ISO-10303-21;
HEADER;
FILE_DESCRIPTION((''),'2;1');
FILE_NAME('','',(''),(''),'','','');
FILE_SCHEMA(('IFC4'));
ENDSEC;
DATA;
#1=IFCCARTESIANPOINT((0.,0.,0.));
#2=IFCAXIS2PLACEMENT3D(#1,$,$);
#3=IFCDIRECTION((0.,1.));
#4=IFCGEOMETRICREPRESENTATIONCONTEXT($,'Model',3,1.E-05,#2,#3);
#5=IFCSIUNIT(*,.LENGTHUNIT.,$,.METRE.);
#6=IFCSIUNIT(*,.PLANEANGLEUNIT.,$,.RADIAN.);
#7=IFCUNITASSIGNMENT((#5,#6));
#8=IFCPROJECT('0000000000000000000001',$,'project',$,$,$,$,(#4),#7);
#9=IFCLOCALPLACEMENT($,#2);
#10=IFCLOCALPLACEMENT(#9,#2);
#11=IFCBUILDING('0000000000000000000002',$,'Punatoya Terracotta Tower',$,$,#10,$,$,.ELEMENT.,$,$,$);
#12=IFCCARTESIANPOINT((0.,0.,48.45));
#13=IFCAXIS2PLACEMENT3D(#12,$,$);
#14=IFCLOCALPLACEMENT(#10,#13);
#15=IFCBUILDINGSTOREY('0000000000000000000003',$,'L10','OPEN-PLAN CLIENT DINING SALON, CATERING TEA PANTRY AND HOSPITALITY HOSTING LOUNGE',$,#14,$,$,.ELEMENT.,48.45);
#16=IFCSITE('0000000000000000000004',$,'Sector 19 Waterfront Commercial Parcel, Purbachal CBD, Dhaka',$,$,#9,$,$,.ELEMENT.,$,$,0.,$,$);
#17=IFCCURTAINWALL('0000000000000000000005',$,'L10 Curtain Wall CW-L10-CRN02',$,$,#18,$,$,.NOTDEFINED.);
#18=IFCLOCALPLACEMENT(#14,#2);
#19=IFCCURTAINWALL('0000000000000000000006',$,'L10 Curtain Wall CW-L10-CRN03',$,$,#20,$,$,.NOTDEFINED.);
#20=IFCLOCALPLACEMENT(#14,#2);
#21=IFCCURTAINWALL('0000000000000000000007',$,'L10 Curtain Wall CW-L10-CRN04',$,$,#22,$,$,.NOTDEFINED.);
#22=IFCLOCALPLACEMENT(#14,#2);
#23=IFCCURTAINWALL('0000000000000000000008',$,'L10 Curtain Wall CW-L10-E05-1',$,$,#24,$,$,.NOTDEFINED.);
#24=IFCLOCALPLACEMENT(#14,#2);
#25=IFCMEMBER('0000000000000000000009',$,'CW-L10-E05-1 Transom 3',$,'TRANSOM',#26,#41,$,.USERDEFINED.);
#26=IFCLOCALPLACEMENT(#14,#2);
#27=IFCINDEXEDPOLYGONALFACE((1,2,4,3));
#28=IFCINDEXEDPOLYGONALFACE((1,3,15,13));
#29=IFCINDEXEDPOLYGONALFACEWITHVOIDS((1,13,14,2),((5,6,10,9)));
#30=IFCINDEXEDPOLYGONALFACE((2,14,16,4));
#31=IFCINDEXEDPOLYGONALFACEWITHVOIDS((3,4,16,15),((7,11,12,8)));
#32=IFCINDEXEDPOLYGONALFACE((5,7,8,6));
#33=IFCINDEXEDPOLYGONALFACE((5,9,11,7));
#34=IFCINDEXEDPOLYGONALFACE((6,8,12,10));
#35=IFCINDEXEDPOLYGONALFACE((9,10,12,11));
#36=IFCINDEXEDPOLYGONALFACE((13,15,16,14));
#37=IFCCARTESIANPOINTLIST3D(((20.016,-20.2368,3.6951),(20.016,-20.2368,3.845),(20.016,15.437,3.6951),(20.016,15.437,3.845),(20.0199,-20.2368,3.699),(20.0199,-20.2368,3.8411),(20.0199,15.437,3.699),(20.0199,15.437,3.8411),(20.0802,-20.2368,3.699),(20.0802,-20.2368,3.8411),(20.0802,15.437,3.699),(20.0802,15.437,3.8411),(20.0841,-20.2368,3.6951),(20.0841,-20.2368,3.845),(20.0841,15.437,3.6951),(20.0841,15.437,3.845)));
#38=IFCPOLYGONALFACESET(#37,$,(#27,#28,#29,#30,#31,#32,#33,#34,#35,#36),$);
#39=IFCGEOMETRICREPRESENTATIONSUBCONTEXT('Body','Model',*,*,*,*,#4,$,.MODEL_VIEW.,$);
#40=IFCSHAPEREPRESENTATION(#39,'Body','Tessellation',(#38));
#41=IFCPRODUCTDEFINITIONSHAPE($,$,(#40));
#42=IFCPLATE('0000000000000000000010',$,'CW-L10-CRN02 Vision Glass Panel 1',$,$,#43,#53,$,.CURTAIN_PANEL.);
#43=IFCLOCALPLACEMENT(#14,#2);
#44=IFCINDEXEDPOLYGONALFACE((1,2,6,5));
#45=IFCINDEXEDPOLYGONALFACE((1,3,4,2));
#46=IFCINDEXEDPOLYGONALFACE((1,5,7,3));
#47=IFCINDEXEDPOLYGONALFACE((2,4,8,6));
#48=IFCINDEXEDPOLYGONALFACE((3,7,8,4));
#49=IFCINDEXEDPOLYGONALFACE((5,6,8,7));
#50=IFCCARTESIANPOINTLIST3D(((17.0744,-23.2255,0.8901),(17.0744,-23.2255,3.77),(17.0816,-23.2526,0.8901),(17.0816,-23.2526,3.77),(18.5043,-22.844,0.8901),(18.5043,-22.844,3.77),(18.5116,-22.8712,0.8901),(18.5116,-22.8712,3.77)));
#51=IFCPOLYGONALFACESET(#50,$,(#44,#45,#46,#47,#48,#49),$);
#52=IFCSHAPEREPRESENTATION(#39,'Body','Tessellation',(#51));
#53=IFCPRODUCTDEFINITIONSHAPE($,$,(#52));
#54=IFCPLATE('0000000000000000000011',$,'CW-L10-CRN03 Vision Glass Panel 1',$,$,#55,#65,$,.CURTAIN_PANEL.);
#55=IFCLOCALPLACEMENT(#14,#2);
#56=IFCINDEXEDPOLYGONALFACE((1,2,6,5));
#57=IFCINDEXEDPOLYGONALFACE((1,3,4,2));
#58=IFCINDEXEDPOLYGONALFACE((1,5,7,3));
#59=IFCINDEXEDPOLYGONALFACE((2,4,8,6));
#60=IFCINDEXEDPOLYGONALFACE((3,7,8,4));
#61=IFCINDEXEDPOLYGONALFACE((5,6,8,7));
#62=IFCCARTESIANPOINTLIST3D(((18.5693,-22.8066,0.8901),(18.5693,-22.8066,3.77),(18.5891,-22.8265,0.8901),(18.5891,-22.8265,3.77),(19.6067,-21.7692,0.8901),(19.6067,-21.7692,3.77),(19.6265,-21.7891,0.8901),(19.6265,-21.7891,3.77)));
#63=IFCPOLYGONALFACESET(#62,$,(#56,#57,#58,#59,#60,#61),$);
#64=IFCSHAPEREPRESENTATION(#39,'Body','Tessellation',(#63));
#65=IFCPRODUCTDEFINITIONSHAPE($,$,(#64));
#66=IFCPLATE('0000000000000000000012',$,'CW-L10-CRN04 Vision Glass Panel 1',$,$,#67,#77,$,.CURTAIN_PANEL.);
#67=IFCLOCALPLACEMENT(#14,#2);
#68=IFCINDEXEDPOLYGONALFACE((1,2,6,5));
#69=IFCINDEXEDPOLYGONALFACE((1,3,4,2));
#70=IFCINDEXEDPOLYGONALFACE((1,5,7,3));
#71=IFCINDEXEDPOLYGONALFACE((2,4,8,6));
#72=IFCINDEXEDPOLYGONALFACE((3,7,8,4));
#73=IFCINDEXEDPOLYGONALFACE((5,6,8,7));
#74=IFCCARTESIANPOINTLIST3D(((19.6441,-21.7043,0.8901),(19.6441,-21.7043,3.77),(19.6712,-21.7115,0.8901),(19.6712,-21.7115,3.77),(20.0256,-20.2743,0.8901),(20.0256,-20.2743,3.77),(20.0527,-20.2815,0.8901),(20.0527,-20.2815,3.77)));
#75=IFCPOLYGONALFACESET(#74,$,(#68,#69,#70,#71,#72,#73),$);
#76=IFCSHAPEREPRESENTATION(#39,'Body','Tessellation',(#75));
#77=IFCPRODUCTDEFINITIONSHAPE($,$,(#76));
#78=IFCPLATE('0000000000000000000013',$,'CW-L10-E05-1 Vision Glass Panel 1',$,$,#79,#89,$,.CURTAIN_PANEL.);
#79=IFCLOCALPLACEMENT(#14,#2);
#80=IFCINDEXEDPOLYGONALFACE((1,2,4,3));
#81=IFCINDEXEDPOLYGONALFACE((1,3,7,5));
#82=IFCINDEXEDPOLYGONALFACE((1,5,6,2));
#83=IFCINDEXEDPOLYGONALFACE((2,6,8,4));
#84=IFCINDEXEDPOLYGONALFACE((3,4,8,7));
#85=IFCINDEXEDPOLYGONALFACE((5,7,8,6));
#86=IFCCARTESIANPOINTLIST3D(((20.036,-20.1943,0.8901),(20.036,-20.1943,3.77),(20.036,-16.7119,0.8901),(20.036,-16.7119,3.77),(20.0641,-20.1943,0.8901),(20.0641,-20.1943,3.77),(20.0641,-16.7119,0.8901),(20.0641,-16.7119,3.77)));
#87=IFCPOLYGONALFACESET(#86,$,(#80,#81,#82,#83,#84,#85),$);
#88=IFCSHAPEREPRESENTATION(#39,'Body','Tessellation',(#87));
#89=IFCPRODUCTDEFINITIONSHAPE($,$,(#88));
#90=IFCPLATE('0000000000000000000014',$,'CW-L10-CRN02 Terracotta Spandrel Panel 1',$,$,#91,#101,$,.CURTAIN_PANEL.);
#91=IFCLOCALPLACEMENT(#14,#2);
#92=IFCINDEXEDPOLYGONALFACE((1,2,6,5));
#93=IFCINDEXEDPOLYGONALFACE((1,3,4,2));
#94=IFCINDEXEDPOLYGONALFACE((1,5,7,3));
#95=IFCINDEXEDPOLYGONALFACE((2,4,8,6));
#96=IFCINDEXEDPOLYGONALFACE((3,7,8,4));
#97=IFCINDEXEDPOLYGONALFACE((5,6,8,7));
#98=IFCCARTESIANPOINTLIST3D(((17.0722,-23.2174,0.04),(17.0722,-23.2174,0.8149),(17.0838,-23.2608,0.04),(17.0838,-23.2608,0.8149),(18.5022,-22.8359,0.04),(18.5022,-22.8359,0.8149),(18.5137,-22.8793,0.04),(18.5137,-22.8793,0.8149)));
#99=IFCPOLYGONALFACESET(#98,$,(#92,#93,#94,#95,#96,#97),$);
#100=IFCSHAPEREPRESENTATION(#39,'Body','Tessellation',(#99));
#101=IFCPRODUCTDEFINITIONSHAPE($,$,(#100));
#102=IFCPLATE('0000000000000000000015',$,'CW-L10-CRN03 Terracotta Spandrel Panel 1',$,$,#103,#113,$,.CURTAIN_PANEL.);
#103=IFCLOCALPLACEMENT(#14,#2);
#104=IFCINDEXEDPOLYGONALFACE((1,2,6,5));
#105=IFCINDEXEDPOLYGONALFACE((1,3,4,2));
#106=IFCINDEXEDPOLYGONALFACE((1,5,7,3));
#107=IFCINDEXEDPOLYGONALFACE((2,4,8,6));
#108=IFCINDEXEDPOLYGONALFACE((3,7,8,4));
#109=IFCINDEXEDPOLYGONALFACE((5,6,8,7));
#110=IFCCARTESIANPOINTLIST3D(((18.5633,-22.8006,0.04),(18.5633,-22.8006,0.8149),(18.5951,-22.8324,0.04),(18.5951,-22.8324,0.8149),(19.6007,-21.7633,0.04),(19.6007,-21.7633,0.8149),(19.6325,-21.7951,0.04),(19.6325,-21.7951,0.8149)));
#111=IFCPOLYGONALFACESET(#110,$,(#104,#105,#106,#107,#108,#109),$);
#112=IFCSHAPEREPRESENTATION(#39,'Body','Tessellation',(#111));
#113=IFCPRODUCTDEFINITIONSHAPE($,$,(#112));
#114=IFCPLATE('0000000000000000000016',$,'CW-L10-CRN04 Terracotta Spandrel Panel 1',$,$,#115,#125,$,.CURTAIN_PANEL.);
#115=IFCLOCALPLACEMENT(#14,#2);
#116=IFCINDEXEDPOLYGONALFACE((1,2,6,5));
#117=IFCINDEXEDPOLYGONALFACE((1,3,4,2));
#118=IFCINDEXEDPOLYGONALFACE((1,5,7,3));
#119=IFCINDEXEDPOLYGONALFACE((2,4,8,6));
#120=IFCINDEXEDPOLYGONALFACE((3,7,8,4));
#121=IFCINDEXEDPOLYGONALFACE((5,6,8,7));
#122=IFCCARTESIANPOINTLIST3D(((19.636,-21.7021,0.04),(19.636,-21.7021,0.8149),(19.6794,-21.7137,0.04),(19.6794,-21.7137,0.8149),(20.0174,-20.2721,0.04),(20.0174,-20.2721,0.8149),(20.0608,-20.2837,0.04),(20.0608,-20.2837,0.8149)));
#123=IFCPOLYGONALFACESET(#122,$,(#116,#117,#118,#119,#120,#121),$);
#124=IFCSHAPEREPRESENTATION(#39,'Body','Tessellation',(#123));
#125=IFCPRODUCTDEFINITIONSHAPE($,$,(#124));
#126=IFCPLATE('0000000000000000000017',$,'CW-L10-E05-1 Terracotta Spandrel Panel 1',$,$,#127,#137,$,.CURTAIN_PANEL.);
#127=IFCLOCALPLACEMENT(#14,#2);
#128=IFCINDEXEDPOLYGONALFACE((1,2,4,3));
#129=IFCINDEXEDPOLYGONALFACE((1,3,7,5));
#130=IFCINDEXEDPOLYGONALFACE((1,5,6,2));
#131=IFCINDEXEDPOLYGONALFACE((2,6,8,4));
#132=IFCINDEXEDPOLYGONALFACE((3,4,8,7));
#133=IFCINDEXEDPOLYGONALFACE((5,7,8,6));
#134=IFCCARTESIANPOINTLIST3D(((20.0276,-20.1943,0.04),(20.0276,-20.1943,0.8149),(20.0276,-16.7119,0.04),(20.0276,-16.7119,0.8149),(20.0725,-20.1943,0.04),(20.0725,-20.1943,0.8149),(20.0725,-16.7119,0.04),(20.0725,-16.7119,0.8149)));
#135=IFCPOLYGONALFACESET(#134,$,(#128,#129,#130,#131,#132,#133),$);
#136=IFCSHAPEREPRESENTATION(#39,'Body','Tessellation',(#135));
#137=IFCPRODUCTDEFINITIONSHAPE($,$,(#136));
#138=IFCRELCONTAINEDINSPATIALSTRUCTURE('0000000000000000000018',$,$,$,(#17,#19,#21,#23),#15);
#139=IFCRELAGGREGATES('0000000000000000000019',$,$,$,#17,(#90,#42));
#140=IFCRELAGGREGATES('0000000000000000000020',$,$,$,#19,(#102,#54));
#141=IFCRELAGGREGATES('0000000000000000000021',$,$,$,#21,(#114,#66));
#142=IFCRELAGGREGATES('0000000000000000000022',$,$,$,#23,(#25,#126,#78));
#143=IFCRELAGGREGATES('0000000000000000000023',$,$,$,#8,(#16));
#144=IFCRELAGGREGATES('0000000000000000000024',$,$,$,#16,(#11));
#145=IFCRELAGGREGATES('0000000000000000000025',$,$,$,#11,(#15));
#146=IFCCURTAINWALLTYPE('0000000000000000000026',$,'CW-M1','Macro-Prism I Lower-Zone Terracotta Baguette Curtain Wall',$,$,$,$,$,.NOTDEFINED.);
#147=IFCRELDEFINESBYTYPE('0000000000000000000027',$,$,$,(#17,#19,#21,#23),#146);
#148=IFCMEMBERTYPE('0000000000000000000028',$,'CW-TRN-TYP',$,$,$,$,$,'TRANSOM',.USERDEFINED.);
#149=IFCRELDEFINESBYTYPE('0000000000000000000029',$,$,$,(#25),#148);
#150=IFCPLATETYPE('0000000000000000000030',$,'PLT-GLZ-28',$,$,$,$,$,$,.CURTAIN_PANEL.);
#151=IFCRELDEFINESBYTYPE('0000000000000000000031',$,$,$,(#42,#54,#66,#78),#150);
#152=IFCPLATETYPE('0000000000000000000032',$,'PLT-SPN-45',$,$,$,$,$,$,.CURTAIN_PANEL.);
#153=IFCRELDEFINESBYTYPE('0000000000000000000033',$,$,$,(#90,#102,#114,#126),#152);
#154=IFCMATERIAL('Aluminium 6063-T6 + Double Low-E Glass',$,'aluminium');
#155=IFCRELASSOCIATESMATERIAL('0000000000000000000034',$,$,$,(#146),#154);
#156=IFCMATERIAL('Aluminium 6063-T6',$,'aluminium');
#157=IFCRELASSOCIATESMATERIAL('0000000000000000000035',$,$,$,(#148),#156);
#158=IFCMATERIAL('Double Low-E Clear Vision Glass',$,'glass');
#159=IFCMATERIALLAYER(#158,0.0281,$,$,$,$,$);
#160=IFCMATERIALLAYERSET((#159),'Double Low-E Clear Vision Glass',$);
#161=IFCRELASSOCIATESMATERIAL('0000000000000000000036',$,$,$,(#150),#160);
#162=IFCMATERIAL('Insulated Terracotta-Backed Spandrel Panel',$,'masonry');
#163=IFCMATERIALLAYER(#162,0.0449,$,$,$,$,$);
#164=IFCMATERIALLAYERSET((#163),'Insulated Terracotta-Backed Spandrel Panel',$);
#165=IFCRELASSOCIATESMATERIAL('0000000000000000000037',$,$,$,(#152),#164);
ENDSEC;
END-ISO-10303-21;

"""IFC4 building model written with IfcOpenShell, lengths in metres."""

from ifc_helpers import new_model, si_unit, direction, frame, origin, origin_2d, place, context, subcontext, project, spatial, rectangle, hollow_rectangle, extrude, material, layer, layer_set, material_profile, profile_set, type_object, element, aggregate, save


model = new_model("IFC4")

# Units and contexts
model_context = context("Model", 3, precision=1e-05, world=origin(), true_north=direction((0.0, 1.0)))
body_context = subcontext(model_context, "Body", "Model", "MODEL_VIEW")
ifc_project = project(units=[si_unit("LENGTHUNIT", "METRE"), si_unit("PLANEANGLEUNIT", "RADIAN")], contexts=[model_context])

# Site, building, storey
site_placement = place(None, origin())
site = spatial("IfcSite", under=ifc_project, at=site_placement, Name="Sector 19 Waterfront Commercial Parcel, Purbachal CBD, Dhaka", CompositionType="ELEMENT", RefElevation=0.0)
building_placement = place(site_placement, origin())
building = spatial("IfcBuilding", under=site, at=building_placement, Name="Punatoya Terracotta Tower", CompositionType="ELEMENT")
storey_placement = place(building_placement, frame((0.0, 0.0, 48.45)))
storey = spatial("IfcBuildingStorey", under=building, at=storey_placement, Name="L10", Description="OPEN-PLAN CLIENT DINING SALON, CATERING TEA PANTRY AND HOSPITALITY HOSTING LOUNGE", CompositionType="ELEMENT", Elevation=48.45)

# Curtain walls
ifc_material_1 = material(Name="Aluminium 6063-T6 + Double Low-E Glass", Category="aluminium")
curtain_wall_type = type_object("IfcCurtainWallType", Name="CW-M1", Description="Macro-Prism I Lower-Zone Terracotta Baguette Curtain Wall", PredefinedType="NOTDEFINED", material=ifc_material_1)
curtain_wall_1_placement = place(storey_placement, origin())
curtain_wall_1 = element("IfcCurtainWall", 1, at=curtain_wall_1_placement, inside=storey, type_object=curtain_wall_type, Name="L10 Curtain Wall CW-L10-CRN02", PredefinedType="NOTDEFINED")
ifc_material_2 = material(Name="Aluminium 6063-T6", Category="aluminium")
curtain_wall_2_placement = place(storey_placement, origin())
curtain_wall_2 = element("IfcCurtainWall", 2, at=curtain_wall_2_placement, inside=storey, type_object=curtain_wall_type, Name="L10 Curtain Wall CW-L10-CRN03", PredefinedType="NOTDEFINED")
curtain_wall_3_placement = place(storey_placement, origin())
curtain_wall_3 = element("IfcCurtainWall", 3, at=curtain_wall_3_placement, inside=storey, type_object=curtain_wall_type, Name="L10 Curtain Wall CW-L10-CRN04", PredefinedType="NOTDEFINED")

# Curtain wall
curtain_wall_4_placement = place(storey_placement, origin())
curtain_wall_4 = element("IfcCurtainWall", 4, at=curtain_wall_4_placement, inside=storey, type_object=curtain_wall_type, Name="L10 Curtain Wall CW-L10-E05-1", PredefinedType="NOTDEFINED")

# Member
ifc_material_profile_1 = material_profile(ifc_material_2, hollow_rectangle(XDim=0.0681, YDim=0.1499, WallThickness=0.0039, at=origin_2d()))
ifc_profile_set_1 = profile_set([ifc_material_profile_1], Name="Aluminium 6063-T6")
member_type_1 = type_object("IfcMemberType", Name="CW-TRN-TYP", ElementType="TRANSOM", PredefinedType="USERDEFINED", material=ifc_profile_set_1)
member_1_placement = place(storey_placement, frame((20.05, -20.2368, 3.77), z_axis=(0.0, 1.0, 0.0), x_axis=(-1.0, 0.0, 0.0)))
member_1 = element("IfcMember", 5, at=member_1_placement, type_object=member_type_1, Name="CW-L10-E05-1 Transom 3", ObjectType="TRANSOM", PredefinedType="USERDEFINED", context=body_context, shape_type="SweptSolid", body=[
    extrude(hollow_rectangle(XDim=0.0681, YDim=0.1499, WallThickness=0.0039, at=origin_2d()), origin(), (0.0, 0.0, 1.0), 35.6738),
])

# Plates
ifc_material_3 = material(Name="Double Low-E Clear Vision Glass", Category="glass")
ifc_layer_1 = layer(ifc_material_3, 0.0281)
ifc_layer_set_1 = layer_set([ifc_layer_1], Name="Double Low-E Clear Vision Glass")
plate_type_1 = type_object("IfcPlateType", Name="PLT-GLZ-28", PredefinedType="CURTAIN_PANEL", material=ifc_layer_set_1)
plate_1_placement = place(storey_placement, frame((17.793, -23.0483, 0.8901), z_axis=(0.0, 0.0, 1.0), x_axis=(0.966214, 0.257742, 0.0)))
plate_1 = element("IfcPlate", 6, at=plate_1_placement, type_object=plate_type_1, Name="CW-L10-CRN02 Vision Glass Panel 1", PredefinedType="CURTAIN_PANEL", context=body_context, shape_type="SweptSolid", body=[
    extrude(rectangle(XDim=1.48, YDim=0.0281, at=origin_2d()), origin(), (0.0, 0.0, 1.0), 2.8799),
])
plate_2_placement = place(storey_placement, frame((19.0979, -22.2979, 0.8901), z_axis=(0.0, 0.0, 1.0), x_axis=(0.707107, 0.707107, 0.0)))
plate_2 = element("IfcPlate", 7, at=plate_2_placement, type_object=plate_type_1, Name="CW-L10-CRN03 Vision Glass Panel 1", PredefinedType="CURTAIN_PANEL", context=body_context, shape_type="SweptSolid", body=[
    extrude(rectangle(XDim=1.467, YDim=0.0281, at=origin_2d()), origin(), (0.0, 0.0, 1.0), 2.8799),
])
plate_3_placement = place(storey_placement, frame((19.8484, -20.9929, 0.8901), z_axis=(0.0, 0.0, 1.0), x_axis=(0.257742, 0.966214, 0.0)))
plate_3 = element("IfcPlate", 8, at=plate_3_placement, type_object=plate_type_1, Name="CW-L10-CRN04 Vision Glass Panel 1", PredefinedType="CURTAIN_PANEL", context=body_context, shape_type="SweptSolid", body=[
    extrude(rectangle(XDim=1.48, YDim=0.0281, at=origin_2d()), origin(), (0.0, 0.0, 1.0), 2.8799),
])
plate_4_placement = place(storey_placement, frame((20.05, -18.4531, 0.8901), z_axis=(0.0, 0.0, 1.0), x_axis=(0.0, 1.0, 0.0)))
plate_4 = element("IfcPlate", 9, at=plate_4_placement, type_object=plate_type_1, Name="CW-L10-E05-1 Vision Glass Panel 1", PredefinedType="CURTAIN_PANEL", context=body_context, shape_type="SweptSolid", body=[
    extrude(rectangle(XDim=3.4824, YDim=0.0281, at=origin_2d()), origin(), (0.0, 0.0, 1.0), 2.8799),
])
ifc_material_4 = material(Name="Insulated Terracotta-Backed Spandrel Panel", Category="masonry")
ifc_layer_2 = layer(ifc_material_4, 0.0449)
ifc_layer_set_2 = layer_set([ifc_layer_2], Name="Insulated Terracotta-Backed Spandrel Panel")
plate_type_2 = type_object("IfcPlateType", Name="PLT-SPN-45", PredefinedType="CURTAIN_PANEL", material=ifc_layer_set_2)
plate_5_placement = place(storey_placement, frame((17.793, -23.0483, 0.04), z_axis=(0.0, 0.0, 1.0), x_axis=(0.966214, 0.257742, 0.0)))
plate_5 = element("IfcPlate", 10, at=plate_5_placement, type_object=plate_type_2, Name="CW-L10-CRN02 Terracotta Spandrel Panel 1", PredefinedType="CURTAIN_PANEL", context=body_context, shape_type="SweptSolid", body=[
    extrude(rectangle(XDim=1.48, YDim=0.0449, at=origin_2d()), origin(), (0.0, 0.0, 1.0), 0.7749),
])
aggregate(curtain_wall_1, [plate_5, plate_1])
plate_6_placement = place(storey_placement, frame((19.0979, -22.2979, 0.04), z_axis=(0.0, 0.0, 1.0), x_axis=(0.707107, 0.707107, 0.0)))
plate_6 = element("IfcPlate", 11, at=plate_6_placement, type_object=plate_type_2, Name="CW-L10-CRN03 Terracotta Spandrel Panel 1", PredefinedType="CURTAIN_PANEL", context=body_context, shape_type="SweptSolid", body=[
    extrude(rectangle(XDim=1.467, YDim=0.0449, at=origin_2d()), origin(), (0.0, 0.0, 1.0), 0.7749),
])
aggregate(curtain_wall_2, [plate_6, plate_2])
plate_7_placement = place(storey_placement, frame((19.8484, -20.9929, 0.04), z_axis=(0.0, 0.0, 1.0), x_axis=(0.257742, 0.966214, 0.0)))
plate_7 = element("IfcPlate", 12, at=plate_7_placement, type_object=plate_type_2, Name="CW-L10-CRN04 Terracotta Spandrel Panel 1", PredefinedType="CURTAIN_PANEL", context=body_context, shape_type="SweptSolid", body=[
    extrude(rectangle(XDim=1.48, YDim=0.0449, at=origin_2d()), origin(), (0.0, 0.0, 1.0), 0.7749),
])
aggregate(curtain_wall_3, [plate_7, plate_3])
plate_8_placement = place(storey_placement, frame((20.05, -18.4531, 0.04), z_axis=(0.0, 0.0, 1.0), x_axis=(0.0, 1.0, 0.0)))
plate_8 = element("IfcPlate", 13, at=plate_8_placement, type_object=plate_type_2, Name="CW-L10-E05-1 Terracotta Spandrel Panel 1", PredefinedType="CURTAIN_PANEL", context=body_context, shape_type="SweptSolid", body=[
    extrude(rectangle(XDim=3.4824, YDim=0.0449, at=origin_2d()), origin(), (0.0, 0.0, 1.0), 0.7749),
])
aggregate(curtain_wall_4, [member_1, plate_8, plate_4])

save(model, "model.ifc")
